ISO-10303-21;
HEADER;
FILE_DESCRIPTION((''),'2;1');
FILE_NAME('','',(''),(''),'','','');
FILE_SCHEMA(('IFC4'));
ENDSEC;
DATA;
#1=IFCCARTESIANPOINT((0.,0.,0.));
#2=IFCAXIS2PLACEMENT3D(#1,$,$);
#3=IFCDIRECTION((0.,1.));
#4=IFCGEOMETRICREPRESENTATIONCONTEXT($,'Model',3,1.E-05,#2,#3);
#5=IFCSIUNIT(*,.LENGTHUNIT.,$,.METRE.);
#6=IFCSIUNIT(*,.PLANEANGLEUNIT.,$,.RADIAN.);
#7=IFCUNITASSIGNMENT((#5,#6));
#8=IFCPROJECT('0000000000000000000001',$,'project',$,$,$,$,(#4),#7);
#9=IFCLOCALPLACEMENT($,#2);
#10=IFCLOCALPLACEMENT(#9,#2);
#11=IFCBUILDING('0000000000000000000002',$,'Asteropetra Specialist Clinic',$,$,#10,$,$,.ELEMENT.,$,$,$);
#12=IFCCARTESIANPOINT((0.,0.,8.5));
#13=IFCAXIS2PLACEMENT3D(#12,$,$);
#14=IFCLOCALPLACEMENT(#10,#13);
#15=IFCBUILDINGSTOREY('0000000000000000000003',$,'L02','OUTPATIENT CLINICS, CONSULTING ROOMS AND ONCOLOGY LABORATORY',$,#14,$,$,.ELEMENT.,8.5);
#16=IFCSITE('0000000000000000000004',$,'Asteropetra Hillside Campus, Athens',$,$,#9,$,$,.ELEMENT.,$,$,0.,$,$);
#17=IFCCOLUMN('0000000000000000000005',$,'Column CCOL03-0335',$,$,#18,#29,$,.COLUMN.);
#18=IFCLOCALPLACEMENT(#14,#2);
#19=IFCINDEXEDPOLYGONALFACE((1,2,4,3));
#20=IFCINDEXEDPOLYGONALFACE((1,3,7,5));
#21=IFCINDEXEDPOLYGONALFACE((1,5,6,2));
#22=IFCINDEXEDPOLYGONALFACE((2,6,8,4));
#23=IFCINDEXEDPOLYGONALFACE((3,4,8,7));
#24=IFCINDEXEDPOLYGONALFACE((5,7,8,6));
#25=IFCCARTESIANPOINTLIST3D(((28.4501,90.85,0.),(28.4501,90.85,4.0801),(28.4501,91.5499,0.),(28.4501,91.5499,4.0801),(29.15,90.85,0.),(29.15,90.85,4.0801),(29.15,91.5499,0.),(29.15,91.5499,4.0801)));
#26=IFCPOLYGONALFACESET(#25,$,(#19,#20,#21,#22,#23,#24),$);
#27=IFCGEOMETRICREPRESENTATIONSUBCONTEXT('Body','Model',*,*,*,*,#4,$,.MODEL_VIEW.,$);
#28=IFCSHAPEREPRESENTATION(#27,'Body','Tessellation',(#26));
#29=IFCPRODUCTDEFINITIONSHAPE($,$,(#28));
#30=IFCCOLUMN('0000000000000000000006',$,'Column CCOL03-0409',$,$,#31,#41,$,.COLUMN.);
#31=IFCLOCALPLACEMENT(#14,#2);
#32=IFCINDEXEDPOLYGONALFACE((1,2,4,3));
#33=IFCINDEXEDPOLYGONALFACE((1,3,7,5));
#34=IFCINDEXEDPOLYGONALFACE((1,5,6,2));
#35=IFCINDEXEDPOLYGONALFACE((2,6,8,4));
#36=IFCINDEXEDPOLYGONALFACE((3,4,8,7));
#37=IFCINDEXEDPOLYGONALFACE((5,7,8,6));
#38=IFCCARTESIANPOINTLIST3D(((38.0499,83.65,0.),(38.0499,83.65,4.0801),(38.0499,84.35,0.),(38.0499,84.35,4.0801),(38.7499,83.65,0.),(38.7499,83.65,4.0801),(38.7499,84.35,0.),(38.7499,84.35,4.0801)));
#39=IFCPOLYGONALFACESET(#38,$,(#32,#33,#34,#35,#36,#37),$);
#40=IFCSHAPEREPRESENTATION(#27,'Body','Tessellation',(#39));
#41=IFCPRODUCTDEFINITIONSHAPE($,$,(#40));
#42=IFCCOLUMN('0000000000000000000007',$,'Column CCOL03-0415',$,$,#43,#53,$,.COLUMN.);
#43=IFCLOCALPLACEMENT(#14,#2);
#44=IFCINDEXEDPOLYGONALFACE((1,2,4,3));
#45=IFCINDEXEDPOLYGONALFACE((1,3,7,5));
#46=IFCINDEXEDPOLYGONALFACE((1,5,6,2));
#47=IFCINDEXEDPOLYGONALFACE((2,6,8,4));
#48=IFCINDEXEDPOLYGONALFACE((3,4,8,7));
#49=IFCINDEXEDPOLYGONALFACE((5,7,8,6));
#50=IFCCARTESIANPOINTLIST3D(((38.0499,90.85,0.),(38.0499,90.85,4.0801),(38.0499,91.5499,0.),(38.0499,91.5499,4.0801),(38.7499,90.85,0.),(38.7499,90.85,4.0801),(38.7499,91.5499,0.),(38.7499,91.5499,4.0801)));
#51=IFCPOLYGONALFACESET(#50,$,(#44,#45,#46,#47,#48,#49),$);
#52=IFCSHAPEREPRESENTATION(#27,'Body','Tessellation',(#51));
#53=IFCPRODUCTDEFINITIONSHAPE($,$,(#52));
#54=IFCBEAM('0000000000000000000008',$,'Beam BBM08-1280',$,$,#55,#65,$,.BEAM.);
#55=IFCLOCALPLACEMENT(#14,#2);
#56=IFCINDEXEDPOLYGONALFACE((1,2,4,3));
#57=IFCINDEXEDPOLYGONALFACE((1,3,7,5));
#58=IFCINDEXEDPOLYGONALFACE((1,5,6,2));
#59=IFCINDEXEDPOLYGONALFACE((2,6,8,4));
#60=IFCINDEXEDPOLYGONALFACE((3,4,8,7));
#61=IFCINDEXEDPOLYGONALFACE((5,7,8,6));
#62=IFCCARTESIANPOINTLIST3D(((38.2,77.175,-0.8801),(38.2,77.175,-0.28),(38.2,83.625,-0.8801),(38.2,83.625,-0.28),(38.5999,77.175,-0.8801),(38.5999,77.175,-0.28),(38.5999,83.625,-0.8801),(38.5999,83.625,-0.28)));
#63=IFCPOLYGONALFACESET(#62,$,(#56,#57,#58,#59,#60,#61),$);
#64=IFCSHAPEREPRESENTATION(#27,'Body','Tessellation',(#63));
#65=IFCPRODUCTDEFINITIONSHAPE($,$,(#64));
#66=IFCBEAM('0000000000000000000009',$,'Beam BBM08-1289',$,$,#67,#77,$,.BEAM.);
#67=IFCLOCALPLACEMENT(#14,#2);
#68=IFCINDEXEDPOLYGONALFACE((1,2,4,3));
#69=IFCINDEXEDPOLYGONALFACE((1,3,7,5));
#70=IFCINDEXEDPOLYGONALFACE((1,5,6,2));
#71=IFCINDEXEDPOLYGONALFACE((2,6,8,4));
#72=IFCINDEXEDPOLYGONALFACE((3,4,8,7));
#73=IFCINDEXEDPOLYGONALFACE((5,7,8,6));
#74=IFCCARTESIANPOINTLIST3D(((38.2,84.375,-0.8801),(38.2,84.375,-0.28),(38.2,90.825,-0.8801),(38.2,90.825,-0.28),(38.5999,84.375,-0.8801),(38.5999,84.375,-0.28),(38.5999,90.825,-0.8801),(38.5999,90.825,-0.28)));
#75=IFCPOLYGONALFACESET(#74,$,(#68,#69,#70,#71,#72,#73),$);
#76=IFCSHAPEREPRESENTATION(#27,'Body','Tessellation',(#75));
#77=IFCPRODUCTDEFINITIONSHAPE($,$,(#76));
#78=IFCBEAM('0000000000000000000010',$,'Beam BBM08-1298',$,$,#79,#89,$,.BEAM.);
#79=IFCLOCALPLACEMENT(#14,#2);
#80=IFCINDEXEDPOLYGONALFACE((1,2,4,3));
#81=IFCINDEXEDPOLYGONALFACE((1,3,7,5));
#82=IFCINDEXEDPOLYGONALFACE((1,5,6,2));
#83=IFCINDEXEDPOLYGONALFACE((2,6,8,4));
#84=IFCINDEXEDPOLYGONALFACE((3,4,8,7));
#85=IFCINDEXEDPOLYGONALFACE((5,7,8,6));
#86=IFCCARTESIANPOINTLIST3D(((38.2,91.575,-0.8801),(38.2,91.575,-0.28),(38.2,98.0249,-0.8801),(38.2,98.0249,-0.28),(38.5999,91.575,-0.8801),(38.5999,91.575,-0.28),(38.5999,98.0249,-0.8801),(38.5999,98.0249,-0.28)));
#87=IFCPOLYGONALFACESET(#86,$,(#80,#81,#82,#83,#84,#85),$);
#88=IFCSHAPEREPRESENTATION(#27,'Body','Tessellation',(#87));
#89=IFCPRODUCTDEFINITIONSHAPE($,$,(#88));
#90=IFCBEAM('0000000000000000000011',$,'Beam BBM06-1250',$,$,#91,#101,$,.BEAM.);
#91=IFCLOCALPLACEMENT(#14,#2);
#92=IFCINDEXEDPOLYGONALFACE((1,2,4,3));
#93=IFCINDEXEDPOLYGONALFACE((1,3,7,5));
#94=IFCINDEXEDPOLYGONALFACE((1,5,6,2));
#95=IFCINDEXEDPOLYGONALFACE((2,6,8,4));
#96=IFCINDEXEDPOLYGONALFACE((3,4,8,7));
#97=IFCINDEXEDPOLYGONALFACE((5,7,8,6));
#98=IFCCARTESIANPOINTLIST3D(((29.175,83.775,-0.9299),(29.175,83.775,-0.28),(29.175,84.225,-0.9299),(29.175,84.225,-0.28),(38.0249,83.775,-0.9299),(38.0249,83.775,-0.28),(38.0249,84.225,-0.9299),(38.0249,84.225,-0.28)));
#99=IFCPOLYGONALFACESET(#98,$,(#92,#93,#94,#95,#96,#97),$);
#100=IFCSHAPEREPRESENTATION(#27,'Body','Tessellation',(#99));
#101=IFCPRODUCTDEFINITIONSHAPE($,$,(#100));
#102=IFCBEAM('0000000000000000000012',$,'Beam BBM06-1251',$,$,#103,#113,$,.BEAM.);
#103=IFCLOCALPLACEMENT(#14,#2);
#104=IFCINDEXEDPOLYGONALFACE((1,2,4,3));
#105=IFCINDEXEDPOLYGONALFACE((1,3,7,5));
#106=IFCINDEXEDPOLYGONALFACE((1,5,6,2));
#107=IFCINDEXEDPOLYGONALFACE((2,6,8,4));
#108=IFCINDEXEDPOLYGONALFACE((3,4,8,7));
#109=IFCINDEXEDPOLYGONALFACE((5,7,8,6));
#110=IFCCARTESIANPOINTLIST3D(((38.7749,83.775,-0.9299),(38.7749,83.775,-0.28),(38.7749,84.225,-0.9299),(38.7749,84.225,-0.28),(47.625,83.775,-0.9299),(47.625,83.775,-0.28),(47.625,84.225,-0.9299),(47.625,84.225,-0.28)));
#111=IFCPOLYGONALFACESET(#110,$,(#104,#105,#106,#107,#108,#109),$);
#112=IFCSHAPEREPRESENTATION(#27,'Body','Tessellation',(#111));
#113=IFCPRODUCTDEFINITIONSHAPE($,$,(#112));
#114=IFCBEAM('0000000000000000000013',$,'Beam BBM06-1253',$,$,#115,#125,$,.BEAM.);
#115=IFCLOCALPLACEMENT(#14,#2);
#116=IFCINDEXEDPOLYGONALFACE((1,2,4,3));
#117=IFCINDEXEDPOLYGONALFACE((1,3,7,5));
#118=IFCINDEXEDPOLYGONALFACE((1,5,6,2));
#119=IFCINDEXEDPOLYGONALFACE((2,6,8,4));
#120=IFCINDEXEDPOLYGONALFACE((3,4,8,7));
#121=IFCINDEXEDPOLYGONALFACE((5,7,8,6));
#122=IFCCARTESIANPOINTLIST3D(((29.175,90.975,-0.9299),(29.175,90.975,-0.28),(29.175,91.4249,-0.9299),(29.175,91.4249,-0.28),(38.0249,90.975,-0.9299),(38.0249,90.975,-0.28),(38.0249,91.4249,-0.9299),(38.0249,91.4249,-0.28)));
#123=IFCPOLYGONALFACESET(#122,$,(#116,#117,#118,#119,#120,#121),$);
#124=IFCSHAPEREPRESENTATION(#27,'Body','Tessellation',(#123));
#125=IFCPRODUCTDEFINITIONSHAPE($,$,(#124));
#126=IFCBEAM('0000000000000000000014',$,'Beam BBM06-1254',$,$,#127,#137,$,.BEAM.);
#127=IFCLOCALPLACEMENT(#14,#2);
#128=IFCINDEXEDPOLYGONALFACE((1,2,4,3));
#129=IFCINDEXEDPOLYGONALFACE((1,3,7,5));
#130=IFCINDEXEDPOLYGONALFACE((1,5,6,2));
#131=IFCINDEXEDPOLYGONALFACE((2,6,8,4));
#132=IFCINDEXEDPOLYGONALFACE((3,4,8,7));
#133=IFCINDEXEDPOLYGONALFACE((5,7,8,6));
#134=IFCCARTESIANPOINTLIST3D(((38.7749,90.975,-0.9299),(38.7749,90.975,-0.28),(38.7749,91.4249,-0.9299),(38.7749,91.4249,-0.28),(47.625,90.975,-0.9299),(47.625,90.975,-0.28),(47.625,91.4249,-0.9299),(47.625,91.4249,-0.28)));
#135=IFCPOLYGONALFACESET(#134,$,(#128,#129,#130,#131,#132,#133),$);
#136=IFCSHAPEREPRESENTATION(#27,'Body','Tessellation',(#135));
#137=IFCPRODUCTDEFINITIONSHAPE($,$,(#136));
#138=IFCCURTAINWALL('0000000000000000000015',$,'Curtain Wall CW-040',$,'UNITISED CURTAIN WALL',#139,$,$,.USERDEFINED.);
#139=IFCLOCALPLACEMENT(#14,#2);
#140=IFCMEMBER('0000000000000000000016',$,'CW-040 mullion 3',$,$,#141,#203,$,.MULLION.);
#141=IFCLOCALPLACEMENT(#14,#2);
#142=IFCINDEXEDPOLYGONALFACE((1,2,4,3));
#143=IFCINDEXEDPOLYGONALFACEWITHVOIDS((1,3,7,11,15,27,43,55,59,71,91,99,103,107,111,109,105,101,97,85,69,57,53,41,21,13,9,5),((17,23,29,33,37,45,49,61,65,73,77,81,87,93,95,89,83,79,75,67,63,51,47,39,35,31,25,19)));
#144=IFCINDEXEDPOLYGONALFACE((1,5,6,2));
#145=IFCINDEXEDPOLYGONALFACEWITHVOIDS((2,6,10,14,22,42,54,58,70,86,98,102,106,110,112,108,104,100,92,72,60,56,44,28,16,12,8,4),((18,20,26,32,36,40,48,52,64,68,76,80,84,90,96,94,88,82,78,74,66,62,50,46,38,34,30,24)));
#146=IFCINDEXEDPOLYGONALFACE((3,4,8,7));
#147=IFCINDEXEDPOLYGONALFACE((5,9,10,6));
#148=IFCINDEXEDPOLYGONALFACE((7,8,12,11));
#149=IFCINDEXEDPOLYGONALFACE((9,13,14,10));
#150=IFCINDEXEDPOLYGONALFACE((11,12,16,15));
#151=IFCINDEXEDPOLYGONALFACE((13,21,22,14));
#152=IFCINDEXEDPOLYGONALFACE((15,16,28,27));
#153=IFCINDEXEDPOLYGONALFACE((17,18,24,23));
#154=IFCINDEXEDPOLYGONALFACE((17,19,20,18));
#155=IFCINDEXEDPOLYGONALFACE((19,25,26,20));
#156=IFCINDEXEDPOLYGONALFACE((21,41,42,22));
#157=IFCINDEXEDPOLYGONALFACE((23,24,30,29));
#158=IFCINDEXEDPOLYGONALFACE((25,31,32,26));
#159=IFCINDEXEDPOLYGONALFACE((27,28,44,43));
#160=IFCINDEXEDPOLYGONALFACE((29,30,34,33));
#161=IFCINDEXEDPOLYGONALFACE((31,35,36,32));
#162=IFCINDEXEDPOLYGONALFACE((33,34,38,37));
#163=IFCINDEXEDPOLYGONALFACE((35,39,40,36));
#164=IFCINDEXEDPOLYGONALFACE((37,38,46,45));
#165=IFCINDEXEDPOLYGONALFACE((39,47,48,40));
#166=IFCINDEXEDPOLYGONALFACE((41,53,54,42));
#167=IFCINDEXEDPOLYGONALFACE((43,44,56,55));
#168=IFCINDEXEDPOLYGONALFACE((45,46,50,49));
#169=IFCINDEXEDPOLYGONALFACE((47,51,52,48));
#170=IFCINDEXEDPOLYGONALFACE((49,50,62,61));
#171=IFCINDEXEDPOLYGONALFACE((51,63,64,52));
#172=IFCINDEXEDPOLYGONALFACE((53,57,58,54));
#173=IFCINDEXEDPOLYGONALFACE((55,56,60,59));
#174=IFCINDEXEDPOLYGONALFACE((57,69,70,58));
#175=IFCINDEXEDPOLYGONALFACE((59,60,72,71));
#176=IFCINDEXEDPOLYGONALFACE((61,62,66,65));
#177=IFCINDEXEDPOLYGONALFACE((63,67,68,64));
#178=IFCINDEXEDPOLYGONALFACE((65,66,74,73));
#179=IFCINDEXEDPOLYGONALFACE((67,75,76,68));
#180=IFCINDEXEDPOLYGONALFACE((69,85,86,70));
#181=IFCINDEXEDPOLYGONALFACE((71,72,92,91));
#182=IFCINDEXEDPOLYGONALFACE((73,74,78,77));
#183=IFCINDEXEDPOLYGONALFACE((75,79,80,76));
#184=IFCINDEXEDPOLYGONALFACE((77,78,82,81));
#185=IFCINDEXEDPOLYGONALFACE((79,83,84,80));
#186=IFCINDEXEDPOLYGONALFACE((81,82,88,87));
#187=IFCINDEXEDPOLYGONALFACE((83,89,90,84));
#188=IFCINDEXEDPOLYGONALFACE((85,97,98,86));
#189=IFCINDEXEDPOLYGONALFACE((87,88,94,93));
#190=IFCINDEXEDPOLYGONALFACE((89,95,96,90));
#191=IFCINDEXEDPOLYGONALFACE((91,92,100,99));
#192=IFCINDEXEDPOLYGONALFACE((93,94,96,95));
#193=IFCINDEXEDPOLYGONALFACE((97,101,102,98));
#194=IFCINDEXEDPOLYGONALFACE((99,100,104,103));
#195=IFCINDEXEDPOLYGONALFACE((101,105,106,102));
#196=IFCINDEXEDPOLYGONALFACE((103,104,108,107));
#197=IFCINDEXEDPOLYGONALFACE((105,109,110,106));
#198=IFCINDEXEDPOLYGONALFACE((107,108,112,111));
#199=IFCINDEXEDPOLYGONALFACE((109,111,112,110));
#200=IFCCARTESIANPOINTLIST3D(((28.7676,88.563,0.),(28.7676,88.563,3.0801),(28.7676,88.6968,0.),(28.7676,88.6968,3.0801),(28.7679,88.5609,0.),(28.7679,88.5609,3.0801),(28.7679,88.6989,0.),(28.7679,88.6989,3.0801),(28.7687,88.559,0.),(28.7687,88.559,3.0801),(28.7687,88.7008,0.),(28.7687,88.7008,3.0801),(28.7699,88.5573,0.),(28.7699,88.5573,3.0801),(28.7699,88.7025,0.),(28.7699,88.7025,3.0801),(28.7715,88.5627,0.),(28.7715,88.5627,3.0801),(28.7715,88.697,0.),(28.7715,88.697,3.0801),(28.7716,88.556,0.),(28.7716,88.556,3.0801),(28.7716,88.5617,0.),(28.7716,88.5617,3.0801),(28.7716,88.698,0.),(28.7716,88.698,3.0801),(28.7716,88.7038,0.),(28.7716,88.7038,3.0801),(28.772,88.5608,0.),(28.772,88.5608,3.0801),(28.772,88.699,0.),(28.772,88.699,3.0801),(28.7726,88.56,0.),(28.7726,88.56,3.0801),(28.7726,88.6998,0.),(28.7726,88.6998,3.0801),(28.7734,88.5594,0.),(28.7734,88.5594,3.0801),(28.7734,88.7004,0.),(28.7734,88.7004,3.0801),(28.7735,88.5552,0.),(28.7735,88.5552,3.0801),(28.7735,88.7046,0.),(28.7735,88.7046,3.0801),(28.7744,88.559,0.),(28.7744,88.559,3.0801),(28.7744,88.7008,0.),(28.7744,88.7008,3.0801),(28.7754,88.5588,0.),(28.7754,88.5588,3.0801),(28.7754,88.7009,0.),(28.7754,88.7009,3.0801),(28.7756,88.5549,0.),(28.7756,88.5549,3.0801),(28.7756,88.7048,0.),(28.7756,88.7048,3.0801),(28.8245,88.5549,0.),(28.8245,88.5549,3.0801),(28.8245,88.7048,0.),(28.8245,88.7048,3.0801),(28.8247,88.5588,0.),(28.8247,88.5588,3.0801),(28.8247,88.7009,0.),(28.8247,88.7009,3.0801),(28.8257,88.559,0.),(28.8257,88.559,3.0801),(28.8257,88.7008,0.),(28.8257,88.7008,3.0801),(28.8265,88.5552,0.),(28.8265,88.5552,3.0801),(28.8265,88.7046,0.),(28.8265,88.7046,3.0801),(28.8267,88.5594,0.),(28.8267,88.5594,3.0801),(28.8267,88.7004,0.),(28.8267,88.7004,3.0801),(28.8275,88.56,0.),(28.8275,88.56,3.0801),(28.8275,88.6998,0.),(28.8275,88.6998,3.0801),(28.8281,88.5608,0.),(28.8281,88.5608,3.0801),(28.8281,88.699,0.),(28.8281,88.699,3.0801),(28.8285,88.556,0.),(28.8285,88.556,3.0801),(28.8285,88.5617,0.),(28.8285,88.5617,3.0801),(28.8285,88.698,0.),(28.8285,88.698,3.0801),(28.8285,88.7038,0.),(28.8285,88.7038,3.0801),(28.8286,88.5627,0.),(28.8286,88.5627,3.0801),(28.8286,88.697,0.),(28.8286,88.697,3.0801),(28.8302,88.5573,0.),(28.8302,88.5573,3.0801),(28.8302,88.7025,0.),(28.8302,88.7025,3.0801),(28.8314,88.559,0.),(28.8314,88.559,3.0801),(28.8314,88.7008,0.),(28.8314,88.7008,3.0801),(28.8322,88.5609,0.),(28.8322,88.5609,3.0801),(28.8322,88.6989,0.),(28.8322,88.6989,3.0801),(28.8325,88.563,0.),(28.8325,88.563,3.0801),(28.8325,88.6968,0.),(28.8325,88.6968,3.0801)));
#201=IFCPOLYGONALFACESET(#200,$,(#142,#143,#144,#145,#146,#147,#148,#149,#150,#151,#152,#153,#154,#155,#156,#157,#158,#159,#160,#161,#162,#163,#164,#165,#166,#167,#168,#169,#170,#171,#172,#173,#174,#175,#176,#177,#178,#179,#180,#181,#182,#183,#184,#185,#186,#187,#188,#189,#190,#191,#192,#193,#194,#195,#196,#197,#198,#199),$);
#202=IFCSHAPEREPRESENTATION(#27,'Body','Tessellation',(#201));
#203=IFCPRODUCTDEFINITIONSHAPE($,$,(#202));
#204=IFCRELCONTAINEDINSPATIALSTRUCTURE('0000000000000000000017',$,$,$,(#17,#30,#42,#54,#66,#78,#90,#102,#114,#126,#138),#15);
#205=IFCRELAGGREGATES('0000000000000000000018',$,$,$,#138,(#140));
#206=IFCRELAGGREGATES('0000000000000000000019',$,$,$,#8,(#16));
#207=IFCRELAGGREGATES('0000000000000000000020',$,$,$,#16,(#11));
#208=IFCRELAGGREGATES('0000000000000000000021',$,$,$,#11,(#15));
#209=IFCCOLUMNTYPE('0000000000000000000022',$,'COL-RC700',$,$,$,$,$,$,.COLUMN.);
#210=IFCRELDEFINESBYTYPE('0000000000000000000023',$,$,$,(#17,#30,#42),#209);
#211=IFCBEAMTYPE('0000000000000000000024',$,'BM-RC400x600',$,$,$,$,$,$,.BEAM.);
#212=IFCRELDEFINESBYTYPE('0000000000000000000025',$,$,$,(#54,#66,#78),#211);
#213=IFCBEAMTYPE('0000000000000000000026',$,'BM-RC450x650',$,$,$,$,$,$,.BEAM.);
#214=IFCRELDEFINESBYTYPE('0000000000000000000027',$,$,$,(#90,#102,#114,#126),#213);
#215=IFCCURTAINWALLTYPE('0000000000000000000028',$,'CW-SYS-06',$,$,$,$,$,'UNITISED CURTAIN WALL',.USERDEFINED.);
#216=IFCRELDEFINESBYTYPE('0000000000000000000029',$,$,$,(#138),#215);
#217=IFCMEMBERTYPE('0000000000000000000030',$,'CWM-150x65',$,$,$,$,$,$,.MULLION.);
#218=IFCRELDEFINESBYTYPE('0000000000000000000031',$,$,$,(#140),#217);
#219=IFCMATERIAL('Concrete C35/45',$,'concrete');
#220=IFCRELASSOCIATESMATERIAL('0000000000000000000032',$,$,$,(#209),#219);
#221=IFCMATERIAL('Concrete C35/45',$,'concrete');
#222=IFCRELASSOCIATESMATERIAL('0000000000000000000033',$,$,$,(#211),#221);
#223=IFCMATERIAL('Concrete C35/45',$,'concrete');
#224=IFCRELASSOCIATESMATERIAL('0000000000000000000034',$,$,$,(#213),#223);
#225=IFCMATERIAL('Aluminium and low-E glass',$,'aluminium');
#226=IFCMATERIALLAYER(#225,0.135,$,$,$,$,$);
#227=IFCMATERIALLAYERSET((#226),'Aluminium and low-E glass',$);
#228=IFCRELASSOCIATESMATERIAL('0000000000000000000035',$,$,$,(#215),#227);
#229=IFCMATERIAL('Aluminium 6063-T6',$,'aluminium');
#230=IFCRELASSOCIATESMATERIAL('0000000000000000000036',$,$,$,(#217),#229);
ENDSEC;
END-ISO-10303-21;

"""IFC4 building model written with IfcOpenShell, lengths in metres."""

from ifc_helpers import new_model, si_unit, direction, frame, origin, origin_2d, place, context, subcontext, project, spatial, rectangle, hollow_rectangle, extrude, material, layer, layer_set, material_profile, profile_set, type_object, element, aggregate, save


model = new_model("IFC4")

# Units and contexts
model_context = context("Model", 3, precision=1e-05, world=origin(), true_north=direction((0.0, 1.0)))
body_context = subcontext(model_context, "Body", "Model", "MODEL_VIEW")
ifc_project = project(units=[si_unit("LENGTHUNIT", "METRE"), si_unit("PLANEANGLEUNIT", "RADIAN")], contexts=[model_context])

# Site, building, storey
site_placement = place(None, origin())
site = spatial("IfcSite", under=ifc_project, at=site_placement, Name="Asteropetra Hillside Campus, Athens", CompositionType="ELEMENT", RefElevation=0.0)
building_placement = place(site_placement, origin())
building = spatial("IfcBuilding", under=site, at=building_placement, Name="Asteropetra Specialist Clinic", CompositionType="ELEMENT")
storey_placement = place(building_placement, frame((0.0, 0.0, 8.5)))
storey = spatial("IfcBuildingStorey", under=building, at=storey_placement, Name="L02", Description="OUTPATIENT CLINICS, CONSULTING ROOMS AND ONCOLOGY LABORATORY", CompositionType="ELEMENT", Elevation=8.5)

# Columns
ifc_material_1 = material(Name="Concrete C35/45", Category="concrete")
ifc_material_profile_1 = material_profile(ifc_material_1, rectangle(XDim=0.7, YDim=0.7, at=origin_2d()), Name="RC 700x700")
ifc_profile_set_1 = profile_set([ifc_material_profile_1], Name="Concrete C35/45")
column_type = type_object("IfcColumnType", Name="COL-RC700", PredefinedType="COLUMN", material=ifc_profile_set_1)
for number, where, z_axis, x_axis, name in (
    (1, (28.8, 91.2, 0.0), (0.0, 0.0, 1.0), (1.0, 0.0, 0.0), "Column CCOL03-0335"),
    (2, (38.3999, 84.0, 0.0), (0.0, 0.0, 1.0), (1.0, 0.0, 0.0), "Column CCOL03-0409"),
    (3, (38.3999, 91.2, 0.0), (0.0, 0.0, 1.0), (1.0, 0.0, 0.0), "Column CCOL03-0415"),
):
    element("IfcColumn", number, at=place(storey_placement, frame(where, z_axis=z_axis, x_axis=x_axis)), inside=storey, type_object=column_type, Name=name, PredefinedType="COLUMN", context=body_context, shape_type="SweptSolid", body=[
        extrude(rectangle(XDim=0.7, YDim=0.7, at=origin_2d()), origin(), (0.0, 0.0, 1.0), 4.0801),
    ])

# Beams
ifc_material_2 = material(Name="Concrete C35/45", Category="concrete")
ifc_material_profile_2 = material_profile(ifc_material_2, rectangle(XDim=0.3999, YDim=0.6001, at=origin_2d()), Name="RCB 400x600")
ifc_profile_set_2 = profile_set([ifc_material_profile_2], Name="Concrete C35/45")
beam_type_1 = type_object("IfcBeamType", Name="BM-RC400x600", PredefinedType="BEAM", material=ifc_profile_set_2)
for number, where, z_axis, x_axis, name in (
    (4, (38.3999, 77.175, -0.5801), (0.0, 1.0, 0.0), (-1.0, 0.0, 0.0), "Beam BBM08-1280"),
    (5, (38.3999, 84.375, -0.5801), (0.0, 1.0, 0.0), (-1.0, 0.0, 0.0), "Beam BBM08-1289"),
    (6, (38.3999, 91.575, -0.5801), (0.0, 1.0, 0.0), (-1.0, 0.0, 0.0), "Beam BBM08-1298"),
):
    element("IfcBeam", number, at=place(storey_placement, frame(where, z_axis=z_axis, x_axis=x_axis)), inside=storey, type_object=beam_type_1, Name=name, PredefinedType="BEAM", context=body_context, shape_type="SweptSolid", body=[
        extrude(rectangle(XDim=0.3999, YDim=0.6001, at=origin_2d()), origin(), (0.0, 0.0, 1.0), 6.45),
    ])
ifc_material_3 = material(Name="Concrete C35/45", Category="concrete")
ifc_material_profile_3 = material_profile(ifc_material_3, rectangle(XDim=0.45, YDim=0.6499, at=origin_2d()), Name="RCB 450x650")
ifc_profile_set_3 = profile_set([ifc_material_profile_3], Name="Concrete C35/45")
beam_type_2 = type_object("IfcBeamType", Name="BM-RC450x650", PredefinedType="BEAM", material=ifc_profile_set_3)
beam_1_placement = place(storey_placement, frame((29.175, 84.0, -0.605), z_axis=(1.0, 0.0, 0.0), x_axis=(0.0, 1.0, 0.0)))
element("IfcBeam", 7, at=beam_1_placement, inside=storey, type_object=beam_type_2, Name="Beam BBM06-1250", PredefinedType="BEAM", context=body_context, shape_type="SweptSolid", body=[
    extrude(rectangle(XDim=0.45, YDim=0.6499, at=origin_2d()), origin(), (0.0, 0.0, 1.0), 8.8499),
])
beam_2_placement = place(storey_placement, frame((38.7749, 84.0, -0.605), z_axis=(1.0, 0.0, 0.0), x_axis=(0.0, 1.0, 0.0)))
element("IfcBeam", 8, at=beam_2_placement, inside=storey, type_object=beam_type_2, Name="Beam BBM06-1251", PredefinedType="BEAM", context=body_context, shape_type="SweptSolid", body=[
    extrude(rectangle(XDim=0.45, YDim=0.6499, at=origin_2d()), origin(), (0.0, 0.0, 1.0), 8.8501),
])
beam_3_placement = place(storey_placement, frame((29.175, 91.2, -0.605), z_axis=(1.0, 0.0, 0.0), x_axis=(0.0, 1.0, 0.0)))
element("IfcBeam", 9, at=beam_3_placement, inside=storey, type_object=beam_type_2, Name="Beam BBM06-1253", PredefinedType="BEAM", context=body_context, shape_type="SweptSolid", body=[
    extrude(rectangle(XDim=0.45, YDim=0.6499, at=origin_2d()), origin(), (0.0, 0.0, 1.0), 8.8499),
])
beam_4_placement = place(storey_placement, frame((38.7749, 91.2, -0.605), z_axis=(1.0, 0.0, 0.0), x_axis=(0.0, 1.0, 0.0)))
element("IfcBeam", 10, at=beam_4_placement, inside=storey, type_object=beam_type_2, Name="Beam BBM06-1254", PredefinedType="BEAM", context=body_context, shape_type="SweptSolid", body=[
    extrude(rectangle(XDim=0.45, YDim=0.6499, at=origin_2d()), origin(), (0.0, 0.0, 1.0), 8.8501),
])

# Curtain wall, member
ifc_material_4 = material(Name="Aluminium and low-E glass", Category="aluminium")
ifc_layer_1 = layer(ifc_material_4, 0.135)
ifc_layer_set_1 = layer_set([ifc_layer_1], Name="Aluminium and low-E glass")
curtain_wall_type = type_object("IfcCurtainWallType", Name="CW-SYS-06", ElementType="UNITISED CURTAIN WALL", PredefinedType="USERDEFINED", material=ifc_layer_set_1)
curtain_wall_placement = place(storey_placement, origin())
curtain_wall = element("IfcCurtainWall", 11, at=curtain_wall_placement, inside=storey, type_object=curtain_wall_type, Name="Curtain Wall CW-040", ObjectType="UNITISED CURTAIN WALL", PredefinedType="USERDEFINED")
ifc_material_5 = material(Name="Aluminium 6063-T6", Category="aluminium")
ifc_material_profile_4 = material_profile(ifc_material_5, hollow_rectangle(XDim=0.0649, YDim=0.1499, WallThickness=0.0039, InnerFilletRadius=0.0039, OuterFilletRadius=0.0081, at=origin_2d()), Name="MUL 150x65x4.0")
ifc_profile_set_4 = profile_set([ifc_material_profile_4], Name="Aluminium 6063-T6")
member_type_1 = type_object("IfcMemberType", Name="CWM-150x65", PredefinedType="MULLION", material=ifc_profile_set_4)
member_1_placement = place(storey_placement, frame((28.8, 88.6299, 0.0), z_axis=(0.0, 0.0, 1.0), x_axis=(-1.0, 0.0, 0.0)))
member_1 = element("IfcMember", 12, at=member_1_placement, type_object=member_type_1, Name="CW-040 mullion 3", PredefinedType="MULLION", context=body_context, shape_type="SweptSolid", body=[
    extrude(hollow_rectangle(XDim=0.0649, YDim=0.1499, WallThickness=0.0039, InnerFilletRadius=0.0039, OuterFilletRadius=0.0081, at=origin_2d()), origin(), (0.0, 0.0, 1.0), 3.0801),
])

aggregate(curtain_wall, [member_1])

save(model, "model.ifc")
